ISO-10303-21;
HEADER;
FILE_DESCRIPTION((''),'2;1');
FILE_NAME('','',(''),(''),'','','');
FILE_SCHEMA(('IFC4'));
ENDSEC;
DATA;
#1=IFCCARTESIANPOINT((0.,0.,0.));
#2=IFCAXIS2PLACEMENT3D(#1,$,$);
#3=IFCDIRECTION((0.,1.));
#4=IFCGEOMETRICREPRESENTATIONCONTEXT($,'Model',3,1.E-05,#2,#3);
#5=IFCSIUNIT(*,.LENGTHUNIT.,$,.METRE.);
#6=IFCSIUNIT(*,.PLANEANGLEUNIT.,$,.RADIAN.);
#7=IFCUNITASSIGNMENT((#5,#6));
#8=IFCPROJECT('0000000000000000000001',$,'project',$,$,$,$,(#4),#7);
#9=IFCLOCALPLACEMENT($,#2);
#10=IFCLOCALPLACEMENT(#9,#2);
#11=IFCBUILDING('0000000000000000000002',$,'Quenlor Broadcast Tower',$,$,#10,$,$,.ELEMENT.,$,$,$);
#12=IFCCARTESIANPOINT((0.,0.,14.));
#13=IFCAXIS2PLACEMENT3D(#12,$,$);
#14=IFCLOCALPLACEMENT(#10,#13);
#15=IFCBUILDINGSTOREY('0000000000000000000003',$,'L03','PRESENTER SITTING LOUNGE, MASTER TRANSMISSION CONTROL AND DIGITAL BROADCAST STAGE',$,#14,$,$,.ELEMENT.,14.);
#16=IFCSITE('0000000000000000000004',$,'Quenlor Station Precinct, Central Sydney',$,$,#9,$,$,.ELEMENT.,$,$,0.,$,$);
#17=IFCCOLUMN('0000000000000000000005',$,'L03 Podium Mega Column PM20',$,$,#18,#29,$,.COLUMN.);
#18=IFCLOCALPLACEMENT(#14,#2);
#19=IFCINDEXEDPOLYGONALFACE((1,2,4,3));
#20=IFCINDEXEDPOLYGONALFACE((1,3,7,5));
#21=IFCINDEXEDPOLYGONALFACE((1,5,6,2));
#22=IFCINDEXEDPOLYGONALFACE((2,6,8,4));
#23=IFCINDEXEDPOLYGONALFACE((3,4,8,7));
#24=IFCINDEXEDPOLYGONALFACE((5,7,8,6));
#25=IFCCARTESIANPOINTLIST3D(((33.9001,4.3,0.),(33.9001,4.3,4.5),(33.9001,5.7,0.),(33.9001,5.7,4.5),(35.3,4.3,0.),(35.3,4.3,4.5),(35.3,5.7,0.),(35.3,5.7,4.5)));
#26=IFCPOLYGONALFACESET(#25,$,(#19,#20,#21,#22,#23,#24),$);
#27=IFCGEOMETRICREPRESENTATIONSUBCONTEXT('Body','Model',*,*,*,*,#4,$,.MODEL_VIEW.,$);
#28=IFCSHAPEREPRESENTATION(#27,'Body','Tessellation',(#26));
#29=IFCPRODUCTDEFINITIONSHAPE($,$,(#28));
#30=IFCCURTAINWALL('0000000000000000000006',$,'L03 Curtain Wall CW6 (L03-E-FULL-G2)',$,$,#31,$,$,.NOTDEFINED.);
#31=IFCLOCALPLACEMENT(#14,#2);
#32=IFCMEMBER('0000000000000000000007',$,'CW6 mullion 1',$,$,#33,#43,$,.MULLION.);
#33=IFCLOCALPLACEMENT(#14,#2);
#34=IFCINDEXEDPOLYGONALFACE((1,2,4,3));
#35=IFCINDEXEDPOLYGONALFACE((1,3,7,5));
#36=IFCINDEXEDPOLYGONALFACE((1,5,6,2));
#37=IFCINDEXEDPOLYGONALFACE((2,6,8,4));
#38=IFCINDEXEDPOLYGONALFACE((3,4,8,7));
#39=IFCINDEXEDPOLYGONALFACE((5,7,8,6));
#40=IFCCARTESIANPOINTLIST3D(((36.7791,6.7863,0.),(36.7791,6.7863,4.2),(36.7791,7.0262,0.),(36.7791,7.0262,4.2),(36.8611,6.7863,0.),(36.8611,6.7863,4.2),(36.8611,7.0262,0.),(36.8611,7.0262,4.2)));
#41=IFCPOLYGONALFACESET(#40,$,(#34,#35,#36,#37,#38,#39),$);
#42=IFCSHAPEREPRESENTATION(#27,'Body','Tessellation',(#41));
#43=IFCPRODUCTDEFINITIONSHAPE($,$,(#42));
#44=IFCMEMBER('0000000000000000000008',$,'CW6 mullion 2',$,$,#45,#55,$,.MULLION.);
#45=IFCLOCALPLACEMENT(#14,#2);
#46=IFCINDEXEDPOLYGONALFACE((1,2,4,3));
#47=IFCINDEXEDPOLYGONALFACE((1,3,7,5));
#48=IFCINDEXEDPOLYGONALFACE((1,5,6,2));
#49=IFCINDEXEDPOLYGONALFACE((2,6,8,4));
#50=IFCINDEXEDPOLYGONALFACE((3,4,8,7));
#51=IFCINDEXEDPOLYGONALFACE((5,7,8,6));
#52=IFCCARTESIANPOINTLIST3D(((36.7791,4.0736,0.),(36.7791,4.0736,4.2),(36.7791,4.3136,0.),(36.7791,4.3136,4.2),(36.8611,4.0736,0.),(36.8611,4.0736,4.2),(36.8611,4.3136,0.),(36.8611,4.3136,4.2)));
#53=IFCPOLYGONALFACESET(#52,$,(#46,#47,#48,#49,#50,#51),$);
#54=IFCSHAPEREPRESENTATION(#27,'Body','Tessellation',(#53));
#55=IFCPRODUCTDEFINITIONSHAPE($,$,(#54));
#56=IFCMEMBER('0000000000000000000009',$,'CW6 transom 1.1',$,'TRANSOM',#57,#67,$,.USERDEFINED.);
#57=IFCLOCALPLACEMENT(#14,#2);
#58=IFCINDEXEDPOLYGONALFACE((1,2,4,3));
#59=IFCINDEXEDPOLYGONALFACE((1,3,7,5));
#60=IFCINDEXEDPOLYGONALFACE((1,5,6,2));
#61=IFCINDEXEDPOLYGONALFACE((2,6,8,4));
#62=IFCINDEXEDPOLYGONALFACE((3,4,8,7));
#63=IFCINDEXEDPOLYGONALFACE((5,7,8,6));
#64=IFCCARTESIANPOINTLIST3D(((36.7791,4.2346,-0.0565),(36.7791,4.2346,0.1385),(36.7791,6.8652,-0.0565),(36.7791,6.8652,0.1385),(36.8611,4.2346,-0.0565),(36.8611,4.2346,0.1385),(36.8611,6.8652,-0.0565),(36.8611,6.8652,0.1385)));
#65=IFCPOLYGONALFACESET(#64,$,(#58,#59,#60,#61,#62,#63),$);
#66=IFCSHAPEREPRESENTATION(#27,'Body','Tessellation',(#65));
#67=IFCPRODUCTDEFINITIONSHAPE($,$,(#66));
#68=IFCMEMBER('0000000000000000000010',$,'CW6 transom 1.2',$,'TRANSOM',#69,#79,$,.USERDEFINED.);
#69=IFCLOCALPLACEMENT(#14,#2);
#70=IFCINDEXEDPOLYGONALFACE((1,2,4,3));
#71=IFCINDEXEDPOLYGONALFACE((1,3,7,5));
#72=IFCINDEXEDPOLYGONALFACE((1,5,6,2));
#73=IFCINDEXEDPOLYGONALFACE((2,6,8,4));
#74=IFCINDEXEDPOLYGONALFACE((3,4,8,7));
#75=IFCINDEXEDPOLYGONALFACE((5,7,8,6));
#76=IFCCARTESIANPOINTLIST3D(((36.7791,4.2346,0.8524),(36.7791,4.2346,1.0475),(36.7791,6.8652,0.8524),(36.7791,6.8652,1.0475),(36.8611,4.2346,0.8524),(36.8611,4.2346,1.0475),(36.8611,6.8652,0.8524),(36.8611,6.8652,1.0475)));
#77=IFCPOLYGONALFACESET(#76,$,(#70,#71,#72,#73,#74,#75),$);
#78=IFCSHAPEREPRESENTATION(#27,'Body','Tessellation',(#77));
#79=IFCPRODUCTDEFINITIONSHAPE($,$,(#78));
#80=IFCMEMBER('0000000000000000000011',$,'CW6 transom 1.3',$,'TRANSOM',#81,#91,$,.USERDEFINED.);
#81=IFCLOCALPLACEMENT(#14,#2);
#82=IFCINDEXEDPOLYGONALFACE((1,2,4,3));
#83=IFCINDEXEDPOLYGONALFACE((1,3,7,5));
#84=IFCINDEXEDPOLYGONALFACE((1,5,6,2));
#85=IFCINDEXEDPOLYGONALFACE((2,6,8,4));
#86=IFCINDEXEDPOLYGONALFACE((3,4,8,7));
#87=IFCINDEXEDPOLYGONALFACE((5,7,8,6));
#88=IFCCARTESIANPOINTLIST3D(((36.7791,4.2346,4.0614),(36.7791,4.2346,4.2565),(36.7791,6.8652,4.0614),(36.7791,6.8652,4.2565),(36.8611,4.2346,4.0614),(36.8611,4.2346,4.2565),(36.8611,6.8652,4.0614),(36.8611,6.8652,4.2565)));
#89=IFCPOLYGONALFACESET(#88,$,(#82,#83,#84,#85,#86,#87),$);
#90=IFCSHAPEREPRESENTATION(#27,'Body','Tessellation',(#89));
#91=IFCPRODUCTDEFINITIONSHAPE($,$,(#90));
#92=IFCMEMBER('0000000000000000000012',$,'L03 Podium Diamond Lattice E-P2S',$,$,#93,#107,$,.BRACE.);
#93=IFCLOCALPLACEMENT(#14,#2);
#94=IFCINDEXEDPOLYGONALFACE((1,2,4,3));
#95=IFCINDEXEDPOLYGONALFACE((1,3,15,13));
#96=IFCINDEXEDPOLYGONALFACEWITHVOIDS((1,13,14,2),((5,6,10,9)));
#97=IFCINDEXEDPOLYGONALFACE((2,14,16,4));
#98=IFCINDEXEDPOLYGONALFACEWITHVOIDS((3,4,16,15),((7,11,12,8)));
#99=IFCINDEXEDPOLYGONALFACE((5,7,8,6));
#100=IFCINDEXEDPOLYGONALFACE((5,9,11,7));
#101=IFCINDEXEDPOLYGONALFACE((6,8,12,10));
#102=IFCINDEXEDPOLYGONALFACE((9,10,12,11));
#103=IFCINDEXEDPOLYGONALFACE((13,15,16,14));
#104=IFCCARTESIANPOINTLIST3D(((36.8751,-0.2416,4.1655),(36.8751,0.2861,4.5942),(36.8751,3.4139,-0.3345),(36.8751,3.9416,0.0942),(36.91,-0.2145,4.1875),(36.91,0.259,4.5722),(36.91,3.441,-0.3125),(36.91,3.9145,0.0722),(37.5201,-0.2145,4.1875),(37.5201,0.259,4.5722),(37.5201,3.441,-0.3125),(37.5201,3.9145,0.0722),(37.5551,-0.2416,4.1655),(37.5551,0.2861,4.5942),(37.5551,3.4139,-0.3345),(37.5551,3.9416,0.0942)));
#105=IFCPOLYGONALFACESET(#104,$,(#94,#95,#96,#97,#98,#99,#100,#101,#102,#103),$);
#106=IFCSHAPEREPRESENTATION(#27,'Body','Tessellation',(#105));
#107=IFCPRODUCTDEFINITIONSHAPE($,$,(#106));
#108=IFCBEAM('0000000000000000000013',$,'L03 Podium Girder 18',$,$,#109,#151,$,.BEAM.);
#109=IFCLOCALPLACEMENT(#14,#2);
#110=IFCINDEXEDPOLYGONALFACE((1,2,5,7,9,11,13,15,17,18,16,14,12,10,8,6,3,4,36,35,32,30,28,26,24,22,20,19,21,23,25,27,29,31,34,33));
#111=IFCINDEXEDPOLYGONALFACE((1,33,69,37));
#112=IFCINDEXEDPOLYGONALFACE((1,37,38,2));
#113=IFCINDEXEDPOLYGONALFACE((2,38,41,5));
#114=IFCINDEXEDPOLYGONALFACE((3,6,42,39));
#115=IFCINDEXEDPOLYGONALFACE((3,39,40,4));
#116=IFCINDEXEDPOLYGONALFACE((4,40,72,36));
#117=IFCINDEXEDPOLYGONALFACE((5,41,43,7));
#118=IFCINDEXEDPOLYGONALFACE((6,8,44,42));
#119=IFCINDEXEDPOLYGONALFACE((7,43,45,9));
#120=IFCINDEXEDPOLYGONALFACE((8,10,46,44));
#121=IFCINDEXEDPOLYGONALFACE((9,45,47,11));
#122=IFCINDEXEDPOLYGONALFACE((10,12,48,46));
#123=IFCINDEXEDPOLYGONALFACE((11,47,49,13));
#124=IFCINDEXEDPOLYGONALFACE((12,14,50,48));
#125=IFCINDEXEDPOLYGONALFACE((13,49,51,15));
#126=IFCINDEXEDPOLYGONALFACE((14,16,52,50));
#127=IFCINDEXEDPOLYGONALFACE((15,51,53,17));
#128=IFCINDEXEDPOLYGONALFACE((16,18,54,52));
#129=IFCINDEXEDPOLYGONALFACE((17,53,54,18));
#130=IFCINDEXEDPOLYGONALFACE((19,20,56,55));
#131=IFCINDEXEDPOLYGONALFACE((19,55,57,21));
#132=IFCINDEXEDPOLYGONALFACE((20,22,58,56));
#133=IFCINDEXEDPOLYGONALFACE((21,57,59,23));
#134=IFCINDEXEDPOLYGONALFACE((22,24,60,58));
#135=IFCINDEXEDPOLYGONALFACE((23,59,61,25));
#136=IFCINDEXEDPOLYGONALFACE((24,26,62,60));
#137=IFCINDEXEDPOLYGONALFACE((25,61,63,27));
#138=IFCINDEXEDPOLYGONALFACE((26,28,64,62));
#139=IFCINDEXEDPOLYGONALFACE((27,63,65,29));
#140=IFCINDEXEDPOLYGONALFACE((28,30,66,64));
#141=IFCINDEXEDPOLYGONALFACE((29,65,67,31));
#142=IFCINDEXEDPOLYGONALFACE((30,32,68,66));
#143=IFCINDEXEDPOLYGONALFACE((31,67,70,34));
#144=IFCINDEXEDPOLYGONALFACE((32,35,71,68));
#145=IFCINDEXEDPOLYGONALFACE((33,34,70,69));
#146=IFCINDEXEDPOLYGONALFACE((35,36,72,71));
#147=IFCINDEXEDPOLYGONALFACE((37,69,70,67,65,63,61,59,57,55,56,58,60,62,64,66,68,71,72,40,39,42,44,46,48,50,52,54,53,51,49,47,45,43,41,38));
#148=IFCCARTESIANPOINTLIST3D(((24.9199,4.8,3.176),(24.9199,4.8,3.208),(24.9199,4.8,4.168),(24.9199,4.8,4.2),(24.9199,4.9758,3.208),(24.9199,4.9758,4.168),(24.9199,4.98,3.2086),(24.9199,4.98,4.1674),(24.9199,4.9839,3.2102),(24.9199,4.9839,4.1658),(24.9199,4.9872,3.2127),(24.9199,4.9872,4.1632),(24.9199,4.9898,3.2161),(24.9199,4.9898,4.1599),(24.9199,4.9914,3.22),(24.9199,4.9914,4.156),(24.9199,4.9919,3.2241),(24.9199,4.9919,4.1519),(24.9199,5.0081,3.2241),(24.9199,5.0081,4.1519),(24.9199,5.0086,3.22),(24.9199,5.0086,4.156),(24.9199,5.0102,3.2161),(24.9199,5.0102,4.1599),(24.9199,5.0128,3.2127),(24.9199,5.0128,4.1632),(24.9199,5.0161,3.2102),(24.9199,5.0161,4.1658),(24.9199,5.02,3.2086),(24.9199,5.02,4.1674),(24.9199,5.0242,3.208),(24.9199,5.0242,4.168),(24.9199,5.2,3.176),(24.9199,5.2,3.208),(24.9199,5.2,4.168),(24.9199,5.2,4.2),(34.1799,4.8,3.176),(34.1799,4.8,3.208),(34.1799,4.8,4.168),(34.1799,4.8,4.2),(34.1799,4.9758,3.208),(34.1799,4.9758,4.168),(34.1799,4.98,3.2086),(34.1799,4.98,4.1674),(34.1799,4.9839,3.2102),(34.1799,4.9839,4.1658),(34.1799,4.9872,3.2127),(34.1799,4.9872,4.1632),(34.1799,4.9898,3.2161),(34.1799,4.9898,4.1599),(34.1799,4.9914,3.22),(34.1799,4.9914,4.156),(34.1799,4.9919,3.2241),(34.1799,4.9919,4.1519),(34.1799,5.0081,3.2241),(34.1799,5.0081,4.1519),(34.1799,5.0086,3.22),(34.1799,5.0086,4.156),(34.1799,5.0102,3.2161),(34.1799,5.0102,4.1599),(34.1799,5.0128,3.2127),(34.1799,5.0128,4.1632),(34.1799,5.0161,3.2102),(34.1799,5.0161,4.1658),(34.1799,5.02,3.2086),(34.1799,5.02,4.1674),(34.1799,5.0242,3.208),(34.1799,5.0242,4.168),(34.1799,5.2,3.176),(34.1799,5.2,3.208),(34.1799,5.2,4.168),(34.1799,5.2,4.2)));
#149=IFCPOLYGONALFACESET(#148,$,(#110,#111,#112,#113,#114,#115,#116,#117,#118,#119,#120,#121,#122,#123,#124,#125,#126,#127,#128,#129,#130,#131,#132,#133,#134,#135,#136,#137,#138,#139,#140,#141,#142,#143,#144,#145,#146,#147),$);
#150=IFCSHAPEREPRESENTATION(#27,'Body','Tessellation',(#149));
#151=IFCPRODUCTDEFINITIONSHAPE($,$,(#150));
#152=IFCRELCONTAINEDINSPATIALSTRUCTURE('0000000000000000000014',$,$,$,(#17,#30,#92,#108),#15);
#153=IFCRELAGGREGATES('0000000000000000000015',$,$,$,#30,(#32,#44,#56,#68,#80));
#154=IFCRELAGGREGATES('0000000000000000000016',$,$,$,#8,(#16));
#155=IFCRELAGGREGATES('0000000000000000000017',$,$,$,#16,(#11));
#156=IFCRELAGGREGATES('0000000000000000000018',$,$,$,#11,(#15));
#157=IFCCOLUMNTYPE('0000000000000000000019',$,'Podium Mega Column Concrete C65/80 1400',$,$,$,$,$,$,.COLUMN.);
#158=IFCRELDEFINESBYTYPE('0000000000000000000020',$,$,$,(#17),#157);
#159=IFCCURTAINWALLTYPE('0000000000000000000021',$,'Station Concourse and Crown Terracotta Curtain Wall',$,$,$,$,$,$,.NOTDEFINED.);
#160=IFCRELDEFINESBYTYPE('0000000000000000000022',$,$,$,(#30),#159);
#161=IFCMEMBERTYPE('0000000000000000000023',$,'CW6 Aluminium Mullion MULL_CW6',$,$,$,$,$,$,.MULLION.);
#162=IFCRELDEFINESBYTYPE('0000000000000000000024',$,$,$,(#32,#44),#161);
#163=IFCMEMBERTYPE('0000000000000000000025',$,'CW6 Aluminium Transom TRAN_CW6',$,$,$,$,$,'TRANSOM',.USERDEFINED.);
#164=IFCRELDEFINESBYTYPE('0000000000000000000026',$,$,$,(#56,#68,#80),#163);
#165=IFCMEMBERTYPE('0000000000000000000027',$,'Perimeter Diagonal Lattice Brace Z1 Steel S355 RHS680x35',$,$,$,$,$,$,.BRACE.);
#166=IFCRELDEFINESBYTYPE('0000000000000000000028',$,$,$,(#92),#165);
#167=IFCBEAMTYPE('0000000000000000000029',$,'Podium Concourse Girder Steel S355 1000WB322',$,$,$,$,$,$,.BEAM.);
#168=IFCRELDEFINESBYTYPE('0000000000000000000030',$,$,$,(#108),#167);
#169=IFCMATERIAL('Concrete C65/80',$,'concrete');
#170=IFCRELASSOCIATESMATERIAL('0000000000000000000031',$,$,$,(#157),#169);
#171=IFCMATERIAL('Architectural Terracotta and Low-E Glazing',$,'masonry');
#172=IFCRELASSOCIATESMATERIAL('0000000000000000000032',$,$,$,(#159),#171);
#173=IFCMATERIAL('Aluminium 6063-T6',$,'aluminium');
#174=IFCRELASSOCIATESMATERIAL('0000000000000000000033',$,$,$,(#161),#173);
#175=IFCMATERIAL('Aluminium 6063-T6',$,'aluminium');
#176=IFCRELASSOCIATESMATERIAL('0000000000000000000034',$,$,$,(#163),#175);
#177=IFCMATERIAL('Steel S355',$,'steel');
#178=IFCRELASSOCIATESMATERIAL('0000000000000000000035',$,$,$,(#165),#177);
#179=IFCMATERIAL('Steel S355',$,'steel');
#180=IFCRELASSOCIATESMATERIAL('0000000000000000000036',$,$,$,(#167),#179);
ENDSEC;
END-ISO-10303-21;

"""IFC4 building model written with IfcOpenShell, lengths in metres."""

from ifc_helpers import new_model, si_unit, direction, frame, origin, origin_2d, place, context, subcontext, project, spatial, rectangle, hollow_rectangle, i_section, extrude, material, material_profile, profile_set, type_object, element, aggregate, save


model = new_model("IFC4")

# Units and contexts
model_context = context("Model", 3, precision=1e-05, world=origin(), true_north=direction((0.0, 1.0)))
body_context = subcontext(model_context, "Body", "Model", "MODEL_VIEW")
ifc_project = project(units=[si_unit("LENGTHUNIT", "METRE"), si_unit("PLANEANGLEUNIT", "RADIAN")], contexts=[model_context])

# Site, building, storey
site_placement = place(None, origin())
site = spatial("IfcSite", under=ifc_project, at=site_placement, Name="Quenlor Station Precinct, Central Sydney", CompositionType="ELEMENT", RefElevation=0.0)
building_placement = place(site_placement, origin())
building = spatial("IfcBuilding", under=site, at=building_placement, Name="Quenlor Broadcast Tower", CompositionType="ELEMENT")
storey_placement = place(building_placement, frame((0.0, 0.0, 14.0)))
storey = spatial("IfcBuildingStorey", under=building, at=storey_placement, Name="L03", Description="PRESENTER SITTING LOUNGE, MASTER TRANSMISSION CONTROL AND DIGITAL BROADCAST STAGE", CompositionType="ELEMENT", Elevation=14.0)

# Column
ifc_material_1 = material(Name="Concrete C65/80", Category="concrete")
ifc_material_profile_1 = material_profile(ifc_material_1, rectangle(XDim=1.3999, YDim=1.3999, at=origin_2d()))
ifc_profile_set_1 = profile_set([ifc_material_profile_1], Name="Concrete C65/80 RC1400x1400")
column_type = type_object("IfcColumnType", Name="Podium Mega Column Concrete C65/80 1400", PredefinedType="COLUMN", material=ifc_profile_set_1)
column_placement = place(storey_placement, frame((34.6001, 5.0, 0.0), z_axis=(0.0, 0.0, 1.0), x_axis=(1.0, 0.0, 0.0)))
element("IfcColumn", 1, at=column_placement, inside=storey, type_object=column_type, Name="L03 Podium Mega Column PM20", PredefinedType="COLUMN", context=body_context, shape_type="SweptSolid", body=[
    extrude(rectangle(XDim=1.3999, YDim=1.3999, at=origin_2d()), origin(), (0.0, 0.0, 1.0), 4.5),
])

# Curtain wall, members
ifc_material_2 = material(Name="Architectural Terracotta and Low-E Glazing", Category="masonry")
curtain_wall_type = type_object("IfcCurtainWallType", Name="Station Concourse and Crown Terracotta Curtain Wall", PredefinedType="NOTDEFINED", material=ifc_material_2)
curtain_wall_placement = place(storey_placement, origin())
curtain_wall = element("IfcCurtainWall", 2, at=curtain_wall_placement, inside=storey, type_object=curtain_wall_type, Name="L03 Curtain Wall CW6 (L03-E-FULL-G2)", PredefinedType="NOTDEFINED")
ifc_material_3 = material(Name="Aluminium 6063-T6", Category="aluminium")
ifc_material_profile_2 = material_profile(ifc_material_3, rectangle(XDim=0.082, YDim=0.24, at=origin_2d()))
ifc_profile_set_2 = profile_set([ifc_material_profile_2], Name="Aluminium 6063-T6 MULL82x240")
member_type_1 = type_object("IfcMemberType", Name="CW6 Aluminium Mullion MULL_CW6", PredefinedType="MULLION", material=ifc_profile_set_2)
member_1_placement = place(storey_placement, frame((36.8201, 6.9062, 0.0), z_axis=(0.0, 0.0, 1.0), x_axis=(1.0, 0.0, 0.0)))
member_1 = element("IfcMember", 3, at=member_1_placement, type_object=member_type_1, Name="CW6 mullion 1", PredefinedType="MULLION", context=body_context, shape_type="SweptSolid", body=[
    extrude(rectangle(XDim=0.082, YDim=0.24, at=origin_2d()), origin(), (0.0, 0.0, 1.0), 4.2),
])
member_2_placement = place(storey_placement, frame((36.8201, 4.1936, 0.0), z_axis=(0.0, 0.0, 1.0), x_axis=(1.0, 0.0, 0.0)))
member_2 = element("IfcMember", 4, at=member_2_placement, type_object=member_type_1, Name="CW6 mullion 2", PredefinedType="MULLION", context=body_context, shape_type="SweptSolid", body=[
    extrude(rectangle(XDim=0.082, YDim=0.24, at=origin_2d()), origin(), (0.0, 0.0, 1.0), 4.2),
])
ifc_material_4 = material(Name="Aluminium 6063-T6", Category="aluminium")
ifc_material_profile_3 = material_profile(ifc_material_4, rectangle(XDim=0.082, YDim=0.1951, at=origin_2d()))
ifc_profile_set_3 = profile_set([ifc_material_profile_3], Name="Aluminium 6063-T6 TRAN82x195")
member_type_2 = type_object("IfcMemberType", Name="CW6 Aluminium Transom TRAN_CW6", ElementType="TRANSOM", PredefinedType="USERDEFINED", material=ifc_profile_set_3)
member_3_placement = place(storey_placement, frame((36.8201, 6.8652, 0.041), z_axis=(0.0, -1.0, 0.0), x_axis=(1.0, 0.0, 0.0)))
member_3 = element("IfcMember", 5, at=member_3_placement, type_object=member_type_2, Name="CW6 transom 1.1", ObjectType="TRANSOM", PredefinedType="USERDEFINED", context=body_context, shape_type="SweptSolid", body=[
    extrude(rectangle(XDim=0.082, YDim=0.1951, at=origin_2d()), origin(), (0.0, 0.0, 1.0), 2.6306),
])
member_4_placement = place(storey_placement, frame((36.8201, 6.8652, 0.95), z_axis=(0.0, -1.0, 0.0), x_axis=(1.0, 0.0, 0.0)))
member_4 = element("IfcMember", 6, at=member_4_placement, type_object=member_type_2, Name="CW6 transom 1.2", ObjectType="TRANSOM", PredefinedType="USERDEFINED", context=body_context, shape_type="SweptSolid", body=[
    extrude(rectangle(XDim=0.082, YDim=0.1951, at=origin_2d()), origin(), (0.0, 0.0, 1.0), 2.6306),
])
member_5_placement = place(storey_placement, frame((36.8201, 6.8652, 4.1589), z_axis=(0.0, -1.0, 0.0), x_axis=(1.0, 0.0, 0.0)))
member_5 = element("IfcMember", 7, at=member_5_placement, type_object=member_type_2, Name="CW6 transom 1.3", ObjectType="TRANSOM", PredefinedType="USERDEFINED", context=body_context, shape_type="SweptSolid", body=[
    extrude(rectangle(XDim=0.082, YDim=0.1951, at=origin_2d()), origin(), (0.0, 0.0, 1.0), 2.6306),
])

# Member
ifc_material_5 = material(Name="Steel S355", Category="steel")
ifc_material_profile_4 = material_profile(ifc_material_5, hollow_rectangle(XDim=0.6799, YDim=0.6799, WallThickness=0.0349, at=origin_2d()))
ifc_profile_set_4 = profile_set([ifc_material_profile_4], Name="Steel S355 RHS680x680x35")
member_type_3 = type_object("IfcMemberType", Name="Perimeter Diagonal Lattice Brace Z1 Steel S355 RHS680x35", PredefinedType="BRACE", material=ifc_profile_set_4)
member_6_placement = place(storey_placement, frame((37.2151, 3.6777, -0.1201), z_axis=(0.0, -0.630517, 0.776176), x_axis=(1.0, 0.0, 0.0)))
element("IfcMember", 8, at=member_6_placement, inside=storey, type_object=member_type_3, Name="L03 Podium Diamond Lattice E-P2S", PredefinedType="BRACE", context=body_context, shape_type="SweptSolid", body=[
    extrude(hollow_rectangle(XDim=0.6799, YDim=0.6799, WallThickness=0.0349, at=origin_2d()), origin(), (0.0, 0.0, 1.0), 5.7976),
])

# Beam
ifc_material_6 = material(Name="Steel S355", Category="steel")
ifc_material_profile_5 = material_profile(ifc_material_6, i_section(OverallWidth=0.3999, OverallDepth=1.0239, WebThickness=0.0161, FlangeThickness=0.032, FilletRadius=0.0161, at=origin_2d()))
ifc_profile_set_5 = profile_set([ifc_material_profile_5], Name="Steel S355 1000WB322")
beam_type_1 = type_object("IfcBeamType", Name="Podium Concourse Girder Steel S355 1000WB322", PredefinedType="BEAM", material=ifc_profile_set_5)
beam_1_placement = place(storey_placement, frame((24.9199, 5.0, 3.688), z_axis=(1.0, 0.0, 0.0), x_axis=(0.0, 1.0, 0.0)))
element("IfcBeam", 9, at=beam_1_placement, inside=storey, type_object=beam_type_1, Name="L03 Podium Girder 18", PredefinedType="BEAM", context=body_context, shape_type="SweptSolid", body=[
    extrude(i_section(OverallWidth=0.3999, OverallDepth=1.0239, WebThickness=0.0161, FlangeThickness=0.032, FilletRadius=0.0161, at=origin_2d()), origin(), (0.0, 0.0, 1.0), 9.26),
])

aggregate(curtain_wall, [member_1, member_2, member_3, member_4, member_5])

save(model, "model.ifc")
